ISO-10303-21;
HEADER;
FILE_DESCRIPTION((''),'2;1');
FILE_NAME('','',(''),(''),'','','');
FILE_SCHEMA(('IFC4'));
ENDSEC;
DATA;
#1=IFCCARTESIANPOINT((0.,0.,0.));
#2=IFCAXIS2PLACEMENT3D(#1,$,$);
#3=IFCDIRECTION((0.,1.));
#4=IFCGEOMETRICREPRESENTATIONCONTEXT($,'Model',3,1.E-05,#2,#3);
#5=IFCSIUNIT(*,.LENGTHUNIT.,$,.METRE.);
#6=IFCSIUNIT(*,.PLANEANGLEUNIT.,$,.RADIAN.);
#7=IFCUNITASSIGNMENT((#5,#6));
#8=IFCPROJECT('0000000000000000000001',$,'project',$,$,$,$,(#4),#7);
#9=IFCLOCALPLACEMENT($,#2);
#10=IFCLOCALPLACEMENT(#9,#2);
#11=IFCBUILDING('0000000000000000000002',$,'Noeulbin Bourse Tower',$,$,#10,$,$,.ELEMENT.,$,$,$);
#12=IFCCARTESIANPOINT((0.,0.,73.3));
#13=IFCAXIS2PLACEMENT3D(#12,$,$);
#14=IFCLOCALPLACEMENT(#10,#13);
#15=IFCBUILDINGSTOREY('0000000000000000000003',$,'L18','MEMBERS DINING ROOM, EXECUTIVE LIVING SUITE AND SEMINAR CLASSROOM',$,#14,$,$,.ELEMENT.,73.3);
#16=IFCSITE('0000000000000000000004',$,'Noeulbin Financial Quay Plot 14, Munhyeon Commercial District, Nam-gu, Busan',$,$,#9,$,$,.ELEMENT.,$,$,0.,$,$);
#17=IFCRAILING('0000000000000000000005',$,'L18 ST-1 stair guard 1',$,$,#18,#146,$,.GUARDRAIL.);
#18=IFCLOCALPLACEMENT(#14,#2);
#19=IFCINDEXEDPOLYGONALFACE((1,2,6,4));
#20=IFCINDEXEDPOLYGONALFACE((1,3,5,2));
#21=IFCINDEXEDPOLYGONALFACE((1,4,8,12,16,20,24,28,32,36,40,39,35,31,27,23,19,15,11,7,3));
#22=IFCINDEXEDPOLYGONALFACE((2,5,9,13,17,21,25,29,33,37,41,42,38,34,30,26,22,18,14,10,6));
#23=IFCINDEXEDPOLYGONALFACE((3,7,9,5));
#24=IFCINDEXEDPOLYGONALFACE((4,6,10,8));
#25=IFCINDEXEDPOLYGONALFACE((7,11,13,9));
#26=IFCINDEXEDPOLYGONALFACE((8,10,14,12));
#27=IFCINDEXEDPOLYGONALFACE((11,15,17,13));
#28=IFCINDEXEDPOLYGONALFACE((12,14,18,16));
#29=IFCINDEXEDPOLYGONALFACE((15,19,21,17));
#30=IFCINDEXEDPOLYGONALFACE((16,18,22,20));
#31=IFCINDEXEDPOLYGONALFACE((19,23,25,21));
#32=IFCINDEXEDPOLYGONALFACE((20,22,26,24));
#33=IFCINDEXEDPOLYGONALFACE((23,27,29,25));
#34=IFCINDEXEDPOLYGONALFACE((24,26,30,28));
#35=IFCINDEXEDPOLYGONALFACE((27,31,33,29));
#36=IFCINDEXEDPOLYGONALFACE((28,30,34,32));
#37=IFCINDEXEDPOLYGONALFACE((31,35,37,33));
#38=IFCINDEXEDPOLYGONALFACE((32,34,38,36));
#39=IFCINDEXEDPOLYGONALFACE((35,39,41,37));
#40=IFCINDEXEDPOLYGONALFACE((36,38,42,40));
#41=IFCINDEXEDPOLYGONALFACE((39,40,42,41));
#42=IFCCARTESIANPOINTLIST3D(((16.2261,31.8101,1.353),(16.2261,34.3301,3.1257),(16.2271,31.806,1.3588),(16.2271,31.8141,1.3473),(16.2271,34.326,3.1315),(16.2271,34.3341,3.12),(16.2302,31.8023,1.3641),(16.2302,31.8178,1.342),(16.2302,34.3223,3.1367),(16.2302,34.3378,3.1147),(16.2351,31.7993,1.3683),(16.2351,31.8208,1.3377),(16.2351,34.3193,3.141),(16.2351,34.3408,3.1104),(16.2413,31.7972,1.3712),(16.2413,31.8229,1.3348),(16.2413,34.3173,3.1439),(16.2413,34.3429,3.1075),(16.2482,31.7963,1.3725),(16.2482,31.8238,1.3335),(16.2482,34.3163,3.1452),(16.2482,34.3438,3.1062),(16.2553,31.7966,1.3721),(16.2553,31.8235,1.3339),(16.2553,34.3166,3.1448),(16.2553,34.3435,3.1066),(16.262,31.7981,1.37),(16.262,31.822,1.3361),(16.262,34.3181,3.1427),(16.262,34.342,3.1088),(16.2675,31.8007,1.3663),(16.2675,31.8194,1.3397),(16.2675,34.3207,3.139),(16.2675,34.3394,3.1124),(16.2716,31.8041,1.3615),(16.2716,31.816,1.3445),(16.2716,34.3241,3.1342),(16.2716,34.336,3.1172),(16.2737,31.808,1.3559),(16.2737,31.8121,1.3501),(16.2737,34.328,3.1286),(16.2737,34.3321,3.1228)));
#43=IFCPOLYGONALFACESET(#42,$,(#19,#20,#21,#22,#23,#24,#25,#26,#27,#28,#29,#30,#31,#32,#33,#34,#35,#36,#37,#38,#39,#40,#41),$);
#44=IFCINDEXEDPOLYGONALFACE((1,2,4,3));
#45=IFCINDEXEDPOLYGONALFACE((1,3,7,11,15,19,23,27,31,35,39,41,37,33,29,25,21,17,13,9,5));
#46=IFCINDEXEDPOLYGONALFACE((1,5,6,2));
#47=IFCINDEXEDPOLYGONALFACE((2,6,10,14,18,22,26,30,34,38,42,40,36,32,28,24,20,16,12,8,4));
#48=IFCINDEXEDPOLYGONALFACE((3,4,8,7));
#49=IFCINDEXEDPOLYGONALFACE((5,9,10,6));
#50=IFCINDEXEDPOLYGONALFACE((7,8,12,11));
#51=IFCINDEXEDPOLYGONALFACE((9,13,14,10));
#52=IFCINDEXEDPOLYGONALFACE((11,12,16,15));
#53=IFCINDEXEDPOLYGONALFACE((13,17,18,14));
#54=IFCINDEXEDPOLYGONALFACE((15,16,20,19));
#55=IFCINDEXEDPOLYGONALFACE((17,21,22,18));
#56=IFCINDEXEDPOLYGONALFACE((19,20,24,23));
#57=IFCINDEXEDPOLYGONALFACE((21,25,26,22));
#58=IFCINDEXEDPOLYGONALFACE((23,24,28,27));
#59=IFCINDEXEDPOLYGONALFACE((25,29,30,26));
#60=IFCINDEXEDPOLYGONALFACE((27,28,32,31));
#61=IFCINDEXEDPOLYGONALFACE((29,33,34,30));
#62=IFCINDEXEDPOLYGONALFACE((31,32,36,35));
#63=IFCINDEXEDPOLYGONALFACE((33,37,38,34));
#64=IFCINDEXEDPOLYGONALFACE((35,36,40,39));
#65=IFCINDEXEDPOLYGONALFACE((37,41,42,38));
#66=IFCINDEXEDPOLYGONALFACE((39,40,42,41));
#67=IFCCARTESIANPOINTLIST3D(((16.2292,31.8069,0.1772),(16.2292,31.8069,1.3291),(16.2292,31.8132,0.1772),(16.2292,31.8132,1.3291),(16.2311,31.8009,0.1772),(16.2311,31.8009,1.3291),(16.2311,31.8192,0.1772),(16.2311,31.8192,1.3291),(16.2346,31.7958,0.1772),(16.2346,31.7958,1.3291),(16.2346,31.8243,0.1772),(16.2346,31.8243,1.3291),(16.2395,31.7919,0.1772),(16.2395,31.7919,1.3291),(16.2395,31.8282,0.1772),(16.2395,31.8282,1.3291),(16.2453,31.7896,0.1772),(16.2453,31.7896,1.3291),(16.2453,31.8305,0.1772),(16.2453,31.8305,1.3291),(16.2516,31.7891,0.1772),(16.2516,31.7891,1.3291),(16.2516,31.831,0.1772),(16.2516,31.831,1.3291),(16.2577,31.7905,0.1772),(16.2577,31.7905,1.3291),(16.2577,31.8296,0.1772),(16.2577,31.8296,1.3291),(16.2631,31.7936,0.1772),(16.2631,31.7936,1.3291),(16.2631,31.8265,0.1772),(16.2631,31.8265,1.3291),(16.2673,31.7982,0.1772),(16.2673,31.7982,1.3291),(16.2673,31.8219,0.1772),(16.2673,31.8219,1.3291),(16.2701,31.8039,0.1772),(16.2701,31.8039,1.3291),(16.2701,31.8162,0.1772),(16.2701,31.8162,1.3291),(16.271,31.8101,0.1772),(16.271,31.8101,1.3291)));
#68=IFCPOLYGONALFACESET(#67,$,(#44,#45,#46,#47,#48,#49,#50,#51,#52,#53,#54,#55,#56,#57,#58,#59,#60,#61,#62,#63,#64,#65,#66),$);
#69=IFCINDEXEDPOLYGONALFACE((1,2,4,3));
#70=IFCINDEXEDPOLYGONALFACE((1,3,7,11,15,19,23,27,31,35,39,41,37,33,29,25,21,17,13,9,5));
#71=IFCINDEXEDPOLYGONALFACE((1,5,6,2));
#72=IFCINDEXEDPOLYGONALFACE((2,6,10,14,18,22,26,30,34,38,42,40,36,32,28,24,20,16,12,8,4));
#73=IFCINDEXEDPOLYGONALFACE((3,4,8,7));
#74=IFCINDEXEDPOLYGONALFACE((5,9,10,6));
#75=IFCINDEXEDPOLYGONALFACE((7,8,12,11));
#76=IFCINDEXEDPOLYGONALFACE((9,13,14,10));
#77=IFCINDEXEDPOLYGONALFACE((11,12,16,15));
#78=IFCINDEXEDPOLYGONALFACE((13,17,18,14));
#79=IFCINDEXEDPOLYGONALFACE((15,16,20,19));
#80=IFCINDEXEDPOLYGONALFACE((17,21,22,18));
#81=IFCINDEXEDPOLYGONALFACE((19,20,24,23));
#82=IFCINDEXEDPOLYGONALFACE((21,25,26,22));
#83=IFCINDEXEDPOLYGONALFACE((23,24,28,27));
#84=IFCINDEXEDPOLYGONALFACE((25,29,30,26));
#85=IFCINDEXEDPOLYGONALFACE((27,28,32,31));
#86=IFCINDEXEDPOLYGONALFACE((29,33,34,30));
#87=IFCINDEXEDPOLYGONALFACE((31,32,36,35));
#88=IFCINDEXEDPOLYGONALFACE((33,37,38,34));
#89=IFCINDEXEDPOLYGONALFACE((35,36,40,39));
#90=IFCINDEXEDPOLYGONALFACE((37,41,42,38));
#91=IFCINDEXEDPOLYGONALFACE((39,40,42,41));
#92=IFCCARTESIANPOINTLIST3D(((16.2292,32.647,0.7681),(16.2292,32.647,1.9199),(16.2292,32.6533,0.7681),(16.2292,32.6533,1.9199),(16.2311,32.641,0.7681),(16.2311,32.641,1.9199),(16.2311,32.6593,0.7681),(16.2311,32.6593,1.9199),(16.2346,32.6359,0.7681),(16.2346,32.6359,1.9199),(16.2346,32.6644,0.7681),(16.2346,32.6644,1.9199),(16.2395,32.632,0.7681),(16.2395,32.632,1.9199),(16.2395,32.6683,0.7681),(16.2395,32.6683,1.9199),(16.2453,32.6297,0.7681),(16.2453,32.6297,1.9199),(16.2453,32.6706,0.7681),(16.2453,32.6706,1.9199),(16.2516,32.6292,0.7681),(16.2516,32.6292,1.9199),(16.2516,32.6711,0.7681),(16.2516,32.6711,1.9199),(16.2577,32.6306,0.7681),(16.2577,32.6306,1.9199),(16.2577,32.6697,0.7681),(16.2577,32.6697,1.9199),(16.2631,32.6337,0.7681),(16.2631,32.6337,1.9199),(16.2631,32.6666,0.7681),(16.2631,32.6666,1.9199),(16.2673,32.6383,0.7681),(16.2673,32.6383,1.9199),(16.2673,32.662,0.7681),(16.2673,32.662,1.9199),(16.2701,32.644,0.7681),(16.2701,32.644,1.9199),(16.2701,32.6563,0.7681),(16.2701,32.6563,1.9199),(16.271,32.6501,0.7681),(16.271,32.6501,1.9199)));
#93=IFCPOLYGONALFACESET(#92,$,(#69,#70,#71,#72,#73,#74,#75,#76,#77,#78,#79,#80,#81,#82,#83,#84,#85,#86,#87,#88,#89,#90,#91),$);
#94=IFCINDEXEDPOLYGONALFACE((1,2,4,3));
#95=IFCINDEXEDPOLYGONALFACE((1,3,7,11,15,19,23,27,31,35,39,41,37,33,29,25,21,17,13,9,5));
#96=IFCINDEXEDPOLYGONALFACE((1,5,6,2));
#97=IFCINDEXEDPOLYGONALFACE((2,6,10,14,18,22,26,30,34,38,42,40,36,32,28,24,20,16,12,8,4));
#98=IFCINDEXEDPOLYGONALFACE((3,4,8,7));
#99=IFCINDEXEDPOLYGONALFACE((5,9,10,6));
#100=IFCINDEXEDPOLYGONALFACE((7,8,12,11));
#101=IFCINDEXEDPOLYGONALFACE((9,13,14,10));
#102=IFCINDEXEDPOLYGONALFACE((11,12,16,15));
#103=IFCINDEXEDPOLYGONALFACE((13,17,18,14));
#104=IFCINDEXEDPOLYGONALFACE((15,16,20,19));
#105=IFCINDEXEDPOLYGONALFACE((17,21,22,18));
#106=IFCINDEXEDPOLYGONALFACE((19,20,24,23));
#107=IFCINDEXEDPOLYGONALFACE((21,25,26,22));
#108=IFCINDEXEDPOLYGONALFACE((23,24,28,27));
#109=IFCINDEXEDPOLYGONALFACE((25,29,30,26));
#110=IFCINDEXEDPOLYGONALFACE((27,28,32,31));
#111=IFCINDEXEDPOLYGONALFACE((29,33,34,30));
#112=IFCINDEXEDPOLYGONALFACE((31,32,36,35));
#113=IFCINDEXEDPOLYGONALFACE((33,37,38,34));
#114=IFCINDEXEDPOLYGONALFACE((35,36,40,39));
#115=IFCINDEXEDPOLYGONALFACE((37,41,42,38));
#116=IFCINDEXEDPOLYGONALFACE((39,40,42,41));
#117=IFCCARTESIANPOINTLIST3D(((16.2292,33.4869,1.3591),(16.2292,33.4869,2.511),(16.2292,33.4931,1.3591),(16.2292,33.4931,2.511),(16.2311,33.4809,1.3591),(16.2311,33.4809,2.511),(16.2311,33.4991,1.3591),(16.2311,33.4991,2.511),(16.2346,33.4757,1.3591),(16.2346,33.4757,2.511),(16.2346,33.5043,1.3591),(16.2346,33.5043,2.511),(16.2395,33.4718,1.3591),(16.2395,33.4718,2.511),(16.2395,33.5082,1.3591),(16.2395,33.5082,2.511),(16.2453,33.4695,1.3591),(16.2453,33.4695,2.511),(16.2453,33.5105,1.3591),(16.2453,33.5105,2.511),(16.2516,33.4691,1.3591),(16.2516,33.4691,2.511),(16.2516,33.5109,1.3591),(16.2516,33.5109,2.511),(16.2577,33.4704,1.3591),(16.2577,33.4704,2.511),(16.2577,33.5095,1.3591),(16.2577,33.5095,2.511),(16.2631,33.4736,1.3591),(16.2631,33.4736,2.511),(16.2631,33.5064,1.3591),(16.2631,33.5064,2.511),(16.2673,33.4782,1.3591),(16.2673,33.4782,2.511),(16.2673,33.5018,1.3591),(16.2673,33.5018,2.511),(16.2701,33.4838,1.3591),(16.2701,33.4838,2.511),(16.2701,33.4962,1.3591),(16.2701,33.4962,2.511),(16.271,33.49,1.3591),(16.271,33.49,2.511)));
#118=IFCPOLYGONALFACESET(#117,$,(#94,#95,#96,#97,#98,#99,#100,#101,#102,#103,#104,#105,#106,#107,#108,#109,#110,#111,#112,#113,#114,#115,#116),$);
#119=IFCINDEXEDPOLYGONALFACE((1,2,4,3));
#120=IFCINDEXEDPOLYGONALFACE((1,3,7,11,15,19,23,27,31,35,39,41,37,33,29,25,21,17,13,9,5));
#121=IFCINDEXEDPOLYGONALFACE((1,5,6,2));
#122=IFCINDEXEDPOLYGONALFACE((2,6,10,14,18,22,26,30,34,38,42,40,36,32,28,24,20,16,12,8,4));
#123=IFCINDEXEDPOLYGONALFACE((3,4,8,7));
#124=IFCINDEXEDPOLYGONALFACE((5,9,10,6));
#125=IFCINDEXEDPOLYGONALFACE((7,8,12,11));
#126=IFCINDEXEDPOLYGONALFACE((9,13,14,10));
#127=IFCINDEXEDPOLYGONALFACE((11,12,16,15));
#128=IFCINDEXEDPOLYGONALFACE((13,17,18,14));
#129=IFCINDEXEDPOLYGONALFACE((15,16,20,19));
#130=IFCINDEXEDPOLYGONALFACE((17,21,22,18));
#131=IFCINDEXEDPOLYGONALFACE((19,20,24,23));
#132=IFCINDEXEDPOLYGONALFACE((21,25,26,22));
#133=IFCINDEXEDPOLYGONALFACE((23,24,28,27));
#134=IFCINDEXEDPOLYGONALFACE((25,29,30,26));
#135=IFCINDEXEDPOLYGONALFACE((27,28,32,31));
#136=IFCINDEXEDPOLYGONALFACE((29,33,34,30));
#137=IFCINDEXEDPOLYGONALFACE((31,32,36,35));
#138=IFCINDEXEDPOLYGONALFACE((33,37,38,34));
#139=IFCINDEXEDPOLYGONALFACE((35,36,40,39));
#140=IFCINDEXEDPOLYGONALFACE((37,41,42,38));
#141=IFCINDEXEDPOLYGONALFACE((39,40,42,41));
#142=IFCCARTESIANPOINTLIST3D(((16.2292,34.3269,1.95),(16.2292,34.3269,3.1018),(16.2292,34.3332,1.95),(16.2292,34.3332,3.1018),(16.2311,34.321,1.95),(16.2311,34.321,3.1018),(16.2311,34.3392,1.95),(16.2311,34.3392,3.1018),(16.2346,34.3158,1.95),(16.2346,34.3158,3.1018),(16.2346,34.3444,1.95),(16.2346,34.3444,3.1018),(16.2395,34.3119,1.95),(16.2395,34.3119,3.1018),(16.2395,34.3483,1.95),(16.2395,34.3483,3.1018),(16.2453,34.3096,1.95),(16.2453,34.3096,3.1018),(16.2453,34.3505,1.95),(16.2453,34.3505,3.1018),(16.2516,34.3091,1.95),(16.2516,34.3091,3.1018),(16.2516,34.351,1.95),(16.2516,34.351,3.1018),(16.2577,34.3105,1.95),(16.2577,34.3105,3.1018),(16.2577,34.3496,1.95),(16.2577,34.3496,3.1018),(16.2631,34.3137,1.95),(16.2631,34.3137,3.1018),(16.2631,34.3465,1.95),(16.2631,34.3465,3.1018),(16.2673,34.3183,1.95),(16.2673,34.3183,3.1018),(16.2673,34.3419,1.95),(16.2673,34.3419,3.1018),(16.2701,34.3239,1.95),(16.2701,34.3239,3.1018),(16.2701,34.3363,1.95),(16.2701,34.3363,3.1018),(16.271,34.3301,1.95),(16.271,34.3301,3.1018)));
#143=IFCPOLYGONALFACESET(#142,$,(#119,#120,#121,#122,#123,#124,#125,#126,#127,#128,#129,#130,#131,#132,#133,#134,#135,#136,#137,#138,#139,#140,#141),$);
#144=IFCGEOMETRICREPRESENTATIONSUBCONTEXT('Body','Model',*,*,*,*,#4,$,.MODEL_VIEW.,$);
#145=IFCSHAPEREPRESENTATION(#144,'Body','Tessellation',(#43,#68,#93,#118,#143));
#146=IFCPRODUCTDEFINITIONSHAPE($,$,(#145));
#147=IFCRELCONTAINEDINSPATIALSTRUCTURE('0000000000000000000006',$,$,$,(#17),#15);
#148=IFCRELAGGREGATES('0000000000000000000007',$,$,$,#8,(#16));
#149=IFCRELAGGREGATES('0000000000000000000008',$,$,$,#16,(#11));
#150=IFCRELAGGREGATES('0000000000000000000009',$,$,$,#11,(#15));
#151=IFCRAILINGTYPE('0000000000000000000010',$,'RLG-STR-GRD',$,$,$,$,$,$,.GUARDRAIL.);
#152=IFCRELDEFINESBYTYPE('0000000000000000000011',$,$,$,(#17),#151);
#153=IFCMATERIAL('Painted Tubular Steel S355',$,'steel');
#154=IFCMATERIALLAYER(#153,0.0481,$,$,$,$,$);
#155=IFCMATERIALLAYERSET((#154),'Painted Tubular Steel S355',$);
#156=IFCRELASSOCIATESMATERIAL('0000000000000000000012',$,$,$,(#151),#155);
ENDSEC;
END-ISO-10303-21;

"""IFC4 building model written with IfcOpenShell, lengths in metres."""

from ifc_helpers import new_model, si_unit, direction, frame, origin, origin_2d, place, context, subcontext, project, spatial, circle, extrude, material, layer, layer_set, type_object, element, save


model = new_model("IFC4")

# Units and contexts
model_context = context("Model", 3, precision=1e-05, world=origin(), true_north=direction((0.0, 1.0)))
body_context = subcontext(model_context, "Body", "Model", "MODEL_VIEW")
ifc_project = project(units=[si_unit("LENGTHUNIT", "METRE"), si_unit("PLANEANGLEUNIT", "RADIAN")], contexts=[model_context])

# Site, building, storey
site_placement = place(None, origin())
site = spatial("IfcSite", under=ifc_project, at=site_placement, Name="Noeulbin Financial Quay Plot 14, Munhyeon Commercial District, Nam-gu, Busan", CompositionType="ELEMENT", RefElevation=0.0)
building_placement = place(site_placement, origin())
building = spatial("IfcBuilding", under=site, at=building_placement, Name="Noeulbin Bourse Tower", CompositionType="ELEMENT")
storey_placement = place(building_placement, frame((0.0, 0.0, 73.3)))
storey = spatial("IfcBuildingStorey", under=building, at=storey_placement, Name="L18", Description="MEMBERS DINING ROOM, EXECUTIVE LIVING SUITE AND SEMINAR CLASSROOM", CompositionType="ELEMENT", Elevation=73.3)

# Railing
ifc_material_1 = material(Name="Painted Tubular Steel S355", Category="steel")
ifc_layer_1 = layer(ifc_material_1, 0.0481)
ifc_layer_set_1 = layer_set([ifc_layer_1], Name="Painted Tubular Steel S355")
railing_type_1 = type_object("IfcRailingType", Name="RLG-STR-GRD", PredefinedType="GUARDRAIL", material=ifc_layer_set_1)
railing_1_placement = place(storey_placement, frame((16.25, 31.8101, 0.1772)))
element("IfcRailing", 1, at=railing_1_placement, inside=storey, type_object=railing_type_1, Name="L18 ST-1 stair guard 1", PredefinedType="GUARDRAIL", context=body_context, shape_type="SweptSolid", body=[
    extrude(circle(Radius=0.0239, at=origin_2d()), frame((0.0, 0.0, 1.1758), z_axis=(0.0, 0.817904, 0.575354), x_axis=(-1.0, 0.0, 0.0)), (0.0, 0.0, 1.0), 3.0811),
    extrude(circle(Radius=0.021, at=origin_2d()), origin(), (0.0, 0.0, 1.0), 1.1519),
    extrude(circle(Radius=0.021, at=origin_2d()), frame((0.0, 0.8401, 0.5908)), (0.0, 0.0, 1.0), 1.1519),
    extrude(circle(Radius=0.021, at=origin_2d()), frame((0.0, 1.6799, 1.1819)), (0.0, 0.0, 1.0), 1.1519),
    extrude(circle(Radius=0.021, at=origin_2d()), frame((0.0, 2.52, 1.7727)), (0.0, 0.0, 1.0), 1.1519),
])

save(model, "model.ifc")
